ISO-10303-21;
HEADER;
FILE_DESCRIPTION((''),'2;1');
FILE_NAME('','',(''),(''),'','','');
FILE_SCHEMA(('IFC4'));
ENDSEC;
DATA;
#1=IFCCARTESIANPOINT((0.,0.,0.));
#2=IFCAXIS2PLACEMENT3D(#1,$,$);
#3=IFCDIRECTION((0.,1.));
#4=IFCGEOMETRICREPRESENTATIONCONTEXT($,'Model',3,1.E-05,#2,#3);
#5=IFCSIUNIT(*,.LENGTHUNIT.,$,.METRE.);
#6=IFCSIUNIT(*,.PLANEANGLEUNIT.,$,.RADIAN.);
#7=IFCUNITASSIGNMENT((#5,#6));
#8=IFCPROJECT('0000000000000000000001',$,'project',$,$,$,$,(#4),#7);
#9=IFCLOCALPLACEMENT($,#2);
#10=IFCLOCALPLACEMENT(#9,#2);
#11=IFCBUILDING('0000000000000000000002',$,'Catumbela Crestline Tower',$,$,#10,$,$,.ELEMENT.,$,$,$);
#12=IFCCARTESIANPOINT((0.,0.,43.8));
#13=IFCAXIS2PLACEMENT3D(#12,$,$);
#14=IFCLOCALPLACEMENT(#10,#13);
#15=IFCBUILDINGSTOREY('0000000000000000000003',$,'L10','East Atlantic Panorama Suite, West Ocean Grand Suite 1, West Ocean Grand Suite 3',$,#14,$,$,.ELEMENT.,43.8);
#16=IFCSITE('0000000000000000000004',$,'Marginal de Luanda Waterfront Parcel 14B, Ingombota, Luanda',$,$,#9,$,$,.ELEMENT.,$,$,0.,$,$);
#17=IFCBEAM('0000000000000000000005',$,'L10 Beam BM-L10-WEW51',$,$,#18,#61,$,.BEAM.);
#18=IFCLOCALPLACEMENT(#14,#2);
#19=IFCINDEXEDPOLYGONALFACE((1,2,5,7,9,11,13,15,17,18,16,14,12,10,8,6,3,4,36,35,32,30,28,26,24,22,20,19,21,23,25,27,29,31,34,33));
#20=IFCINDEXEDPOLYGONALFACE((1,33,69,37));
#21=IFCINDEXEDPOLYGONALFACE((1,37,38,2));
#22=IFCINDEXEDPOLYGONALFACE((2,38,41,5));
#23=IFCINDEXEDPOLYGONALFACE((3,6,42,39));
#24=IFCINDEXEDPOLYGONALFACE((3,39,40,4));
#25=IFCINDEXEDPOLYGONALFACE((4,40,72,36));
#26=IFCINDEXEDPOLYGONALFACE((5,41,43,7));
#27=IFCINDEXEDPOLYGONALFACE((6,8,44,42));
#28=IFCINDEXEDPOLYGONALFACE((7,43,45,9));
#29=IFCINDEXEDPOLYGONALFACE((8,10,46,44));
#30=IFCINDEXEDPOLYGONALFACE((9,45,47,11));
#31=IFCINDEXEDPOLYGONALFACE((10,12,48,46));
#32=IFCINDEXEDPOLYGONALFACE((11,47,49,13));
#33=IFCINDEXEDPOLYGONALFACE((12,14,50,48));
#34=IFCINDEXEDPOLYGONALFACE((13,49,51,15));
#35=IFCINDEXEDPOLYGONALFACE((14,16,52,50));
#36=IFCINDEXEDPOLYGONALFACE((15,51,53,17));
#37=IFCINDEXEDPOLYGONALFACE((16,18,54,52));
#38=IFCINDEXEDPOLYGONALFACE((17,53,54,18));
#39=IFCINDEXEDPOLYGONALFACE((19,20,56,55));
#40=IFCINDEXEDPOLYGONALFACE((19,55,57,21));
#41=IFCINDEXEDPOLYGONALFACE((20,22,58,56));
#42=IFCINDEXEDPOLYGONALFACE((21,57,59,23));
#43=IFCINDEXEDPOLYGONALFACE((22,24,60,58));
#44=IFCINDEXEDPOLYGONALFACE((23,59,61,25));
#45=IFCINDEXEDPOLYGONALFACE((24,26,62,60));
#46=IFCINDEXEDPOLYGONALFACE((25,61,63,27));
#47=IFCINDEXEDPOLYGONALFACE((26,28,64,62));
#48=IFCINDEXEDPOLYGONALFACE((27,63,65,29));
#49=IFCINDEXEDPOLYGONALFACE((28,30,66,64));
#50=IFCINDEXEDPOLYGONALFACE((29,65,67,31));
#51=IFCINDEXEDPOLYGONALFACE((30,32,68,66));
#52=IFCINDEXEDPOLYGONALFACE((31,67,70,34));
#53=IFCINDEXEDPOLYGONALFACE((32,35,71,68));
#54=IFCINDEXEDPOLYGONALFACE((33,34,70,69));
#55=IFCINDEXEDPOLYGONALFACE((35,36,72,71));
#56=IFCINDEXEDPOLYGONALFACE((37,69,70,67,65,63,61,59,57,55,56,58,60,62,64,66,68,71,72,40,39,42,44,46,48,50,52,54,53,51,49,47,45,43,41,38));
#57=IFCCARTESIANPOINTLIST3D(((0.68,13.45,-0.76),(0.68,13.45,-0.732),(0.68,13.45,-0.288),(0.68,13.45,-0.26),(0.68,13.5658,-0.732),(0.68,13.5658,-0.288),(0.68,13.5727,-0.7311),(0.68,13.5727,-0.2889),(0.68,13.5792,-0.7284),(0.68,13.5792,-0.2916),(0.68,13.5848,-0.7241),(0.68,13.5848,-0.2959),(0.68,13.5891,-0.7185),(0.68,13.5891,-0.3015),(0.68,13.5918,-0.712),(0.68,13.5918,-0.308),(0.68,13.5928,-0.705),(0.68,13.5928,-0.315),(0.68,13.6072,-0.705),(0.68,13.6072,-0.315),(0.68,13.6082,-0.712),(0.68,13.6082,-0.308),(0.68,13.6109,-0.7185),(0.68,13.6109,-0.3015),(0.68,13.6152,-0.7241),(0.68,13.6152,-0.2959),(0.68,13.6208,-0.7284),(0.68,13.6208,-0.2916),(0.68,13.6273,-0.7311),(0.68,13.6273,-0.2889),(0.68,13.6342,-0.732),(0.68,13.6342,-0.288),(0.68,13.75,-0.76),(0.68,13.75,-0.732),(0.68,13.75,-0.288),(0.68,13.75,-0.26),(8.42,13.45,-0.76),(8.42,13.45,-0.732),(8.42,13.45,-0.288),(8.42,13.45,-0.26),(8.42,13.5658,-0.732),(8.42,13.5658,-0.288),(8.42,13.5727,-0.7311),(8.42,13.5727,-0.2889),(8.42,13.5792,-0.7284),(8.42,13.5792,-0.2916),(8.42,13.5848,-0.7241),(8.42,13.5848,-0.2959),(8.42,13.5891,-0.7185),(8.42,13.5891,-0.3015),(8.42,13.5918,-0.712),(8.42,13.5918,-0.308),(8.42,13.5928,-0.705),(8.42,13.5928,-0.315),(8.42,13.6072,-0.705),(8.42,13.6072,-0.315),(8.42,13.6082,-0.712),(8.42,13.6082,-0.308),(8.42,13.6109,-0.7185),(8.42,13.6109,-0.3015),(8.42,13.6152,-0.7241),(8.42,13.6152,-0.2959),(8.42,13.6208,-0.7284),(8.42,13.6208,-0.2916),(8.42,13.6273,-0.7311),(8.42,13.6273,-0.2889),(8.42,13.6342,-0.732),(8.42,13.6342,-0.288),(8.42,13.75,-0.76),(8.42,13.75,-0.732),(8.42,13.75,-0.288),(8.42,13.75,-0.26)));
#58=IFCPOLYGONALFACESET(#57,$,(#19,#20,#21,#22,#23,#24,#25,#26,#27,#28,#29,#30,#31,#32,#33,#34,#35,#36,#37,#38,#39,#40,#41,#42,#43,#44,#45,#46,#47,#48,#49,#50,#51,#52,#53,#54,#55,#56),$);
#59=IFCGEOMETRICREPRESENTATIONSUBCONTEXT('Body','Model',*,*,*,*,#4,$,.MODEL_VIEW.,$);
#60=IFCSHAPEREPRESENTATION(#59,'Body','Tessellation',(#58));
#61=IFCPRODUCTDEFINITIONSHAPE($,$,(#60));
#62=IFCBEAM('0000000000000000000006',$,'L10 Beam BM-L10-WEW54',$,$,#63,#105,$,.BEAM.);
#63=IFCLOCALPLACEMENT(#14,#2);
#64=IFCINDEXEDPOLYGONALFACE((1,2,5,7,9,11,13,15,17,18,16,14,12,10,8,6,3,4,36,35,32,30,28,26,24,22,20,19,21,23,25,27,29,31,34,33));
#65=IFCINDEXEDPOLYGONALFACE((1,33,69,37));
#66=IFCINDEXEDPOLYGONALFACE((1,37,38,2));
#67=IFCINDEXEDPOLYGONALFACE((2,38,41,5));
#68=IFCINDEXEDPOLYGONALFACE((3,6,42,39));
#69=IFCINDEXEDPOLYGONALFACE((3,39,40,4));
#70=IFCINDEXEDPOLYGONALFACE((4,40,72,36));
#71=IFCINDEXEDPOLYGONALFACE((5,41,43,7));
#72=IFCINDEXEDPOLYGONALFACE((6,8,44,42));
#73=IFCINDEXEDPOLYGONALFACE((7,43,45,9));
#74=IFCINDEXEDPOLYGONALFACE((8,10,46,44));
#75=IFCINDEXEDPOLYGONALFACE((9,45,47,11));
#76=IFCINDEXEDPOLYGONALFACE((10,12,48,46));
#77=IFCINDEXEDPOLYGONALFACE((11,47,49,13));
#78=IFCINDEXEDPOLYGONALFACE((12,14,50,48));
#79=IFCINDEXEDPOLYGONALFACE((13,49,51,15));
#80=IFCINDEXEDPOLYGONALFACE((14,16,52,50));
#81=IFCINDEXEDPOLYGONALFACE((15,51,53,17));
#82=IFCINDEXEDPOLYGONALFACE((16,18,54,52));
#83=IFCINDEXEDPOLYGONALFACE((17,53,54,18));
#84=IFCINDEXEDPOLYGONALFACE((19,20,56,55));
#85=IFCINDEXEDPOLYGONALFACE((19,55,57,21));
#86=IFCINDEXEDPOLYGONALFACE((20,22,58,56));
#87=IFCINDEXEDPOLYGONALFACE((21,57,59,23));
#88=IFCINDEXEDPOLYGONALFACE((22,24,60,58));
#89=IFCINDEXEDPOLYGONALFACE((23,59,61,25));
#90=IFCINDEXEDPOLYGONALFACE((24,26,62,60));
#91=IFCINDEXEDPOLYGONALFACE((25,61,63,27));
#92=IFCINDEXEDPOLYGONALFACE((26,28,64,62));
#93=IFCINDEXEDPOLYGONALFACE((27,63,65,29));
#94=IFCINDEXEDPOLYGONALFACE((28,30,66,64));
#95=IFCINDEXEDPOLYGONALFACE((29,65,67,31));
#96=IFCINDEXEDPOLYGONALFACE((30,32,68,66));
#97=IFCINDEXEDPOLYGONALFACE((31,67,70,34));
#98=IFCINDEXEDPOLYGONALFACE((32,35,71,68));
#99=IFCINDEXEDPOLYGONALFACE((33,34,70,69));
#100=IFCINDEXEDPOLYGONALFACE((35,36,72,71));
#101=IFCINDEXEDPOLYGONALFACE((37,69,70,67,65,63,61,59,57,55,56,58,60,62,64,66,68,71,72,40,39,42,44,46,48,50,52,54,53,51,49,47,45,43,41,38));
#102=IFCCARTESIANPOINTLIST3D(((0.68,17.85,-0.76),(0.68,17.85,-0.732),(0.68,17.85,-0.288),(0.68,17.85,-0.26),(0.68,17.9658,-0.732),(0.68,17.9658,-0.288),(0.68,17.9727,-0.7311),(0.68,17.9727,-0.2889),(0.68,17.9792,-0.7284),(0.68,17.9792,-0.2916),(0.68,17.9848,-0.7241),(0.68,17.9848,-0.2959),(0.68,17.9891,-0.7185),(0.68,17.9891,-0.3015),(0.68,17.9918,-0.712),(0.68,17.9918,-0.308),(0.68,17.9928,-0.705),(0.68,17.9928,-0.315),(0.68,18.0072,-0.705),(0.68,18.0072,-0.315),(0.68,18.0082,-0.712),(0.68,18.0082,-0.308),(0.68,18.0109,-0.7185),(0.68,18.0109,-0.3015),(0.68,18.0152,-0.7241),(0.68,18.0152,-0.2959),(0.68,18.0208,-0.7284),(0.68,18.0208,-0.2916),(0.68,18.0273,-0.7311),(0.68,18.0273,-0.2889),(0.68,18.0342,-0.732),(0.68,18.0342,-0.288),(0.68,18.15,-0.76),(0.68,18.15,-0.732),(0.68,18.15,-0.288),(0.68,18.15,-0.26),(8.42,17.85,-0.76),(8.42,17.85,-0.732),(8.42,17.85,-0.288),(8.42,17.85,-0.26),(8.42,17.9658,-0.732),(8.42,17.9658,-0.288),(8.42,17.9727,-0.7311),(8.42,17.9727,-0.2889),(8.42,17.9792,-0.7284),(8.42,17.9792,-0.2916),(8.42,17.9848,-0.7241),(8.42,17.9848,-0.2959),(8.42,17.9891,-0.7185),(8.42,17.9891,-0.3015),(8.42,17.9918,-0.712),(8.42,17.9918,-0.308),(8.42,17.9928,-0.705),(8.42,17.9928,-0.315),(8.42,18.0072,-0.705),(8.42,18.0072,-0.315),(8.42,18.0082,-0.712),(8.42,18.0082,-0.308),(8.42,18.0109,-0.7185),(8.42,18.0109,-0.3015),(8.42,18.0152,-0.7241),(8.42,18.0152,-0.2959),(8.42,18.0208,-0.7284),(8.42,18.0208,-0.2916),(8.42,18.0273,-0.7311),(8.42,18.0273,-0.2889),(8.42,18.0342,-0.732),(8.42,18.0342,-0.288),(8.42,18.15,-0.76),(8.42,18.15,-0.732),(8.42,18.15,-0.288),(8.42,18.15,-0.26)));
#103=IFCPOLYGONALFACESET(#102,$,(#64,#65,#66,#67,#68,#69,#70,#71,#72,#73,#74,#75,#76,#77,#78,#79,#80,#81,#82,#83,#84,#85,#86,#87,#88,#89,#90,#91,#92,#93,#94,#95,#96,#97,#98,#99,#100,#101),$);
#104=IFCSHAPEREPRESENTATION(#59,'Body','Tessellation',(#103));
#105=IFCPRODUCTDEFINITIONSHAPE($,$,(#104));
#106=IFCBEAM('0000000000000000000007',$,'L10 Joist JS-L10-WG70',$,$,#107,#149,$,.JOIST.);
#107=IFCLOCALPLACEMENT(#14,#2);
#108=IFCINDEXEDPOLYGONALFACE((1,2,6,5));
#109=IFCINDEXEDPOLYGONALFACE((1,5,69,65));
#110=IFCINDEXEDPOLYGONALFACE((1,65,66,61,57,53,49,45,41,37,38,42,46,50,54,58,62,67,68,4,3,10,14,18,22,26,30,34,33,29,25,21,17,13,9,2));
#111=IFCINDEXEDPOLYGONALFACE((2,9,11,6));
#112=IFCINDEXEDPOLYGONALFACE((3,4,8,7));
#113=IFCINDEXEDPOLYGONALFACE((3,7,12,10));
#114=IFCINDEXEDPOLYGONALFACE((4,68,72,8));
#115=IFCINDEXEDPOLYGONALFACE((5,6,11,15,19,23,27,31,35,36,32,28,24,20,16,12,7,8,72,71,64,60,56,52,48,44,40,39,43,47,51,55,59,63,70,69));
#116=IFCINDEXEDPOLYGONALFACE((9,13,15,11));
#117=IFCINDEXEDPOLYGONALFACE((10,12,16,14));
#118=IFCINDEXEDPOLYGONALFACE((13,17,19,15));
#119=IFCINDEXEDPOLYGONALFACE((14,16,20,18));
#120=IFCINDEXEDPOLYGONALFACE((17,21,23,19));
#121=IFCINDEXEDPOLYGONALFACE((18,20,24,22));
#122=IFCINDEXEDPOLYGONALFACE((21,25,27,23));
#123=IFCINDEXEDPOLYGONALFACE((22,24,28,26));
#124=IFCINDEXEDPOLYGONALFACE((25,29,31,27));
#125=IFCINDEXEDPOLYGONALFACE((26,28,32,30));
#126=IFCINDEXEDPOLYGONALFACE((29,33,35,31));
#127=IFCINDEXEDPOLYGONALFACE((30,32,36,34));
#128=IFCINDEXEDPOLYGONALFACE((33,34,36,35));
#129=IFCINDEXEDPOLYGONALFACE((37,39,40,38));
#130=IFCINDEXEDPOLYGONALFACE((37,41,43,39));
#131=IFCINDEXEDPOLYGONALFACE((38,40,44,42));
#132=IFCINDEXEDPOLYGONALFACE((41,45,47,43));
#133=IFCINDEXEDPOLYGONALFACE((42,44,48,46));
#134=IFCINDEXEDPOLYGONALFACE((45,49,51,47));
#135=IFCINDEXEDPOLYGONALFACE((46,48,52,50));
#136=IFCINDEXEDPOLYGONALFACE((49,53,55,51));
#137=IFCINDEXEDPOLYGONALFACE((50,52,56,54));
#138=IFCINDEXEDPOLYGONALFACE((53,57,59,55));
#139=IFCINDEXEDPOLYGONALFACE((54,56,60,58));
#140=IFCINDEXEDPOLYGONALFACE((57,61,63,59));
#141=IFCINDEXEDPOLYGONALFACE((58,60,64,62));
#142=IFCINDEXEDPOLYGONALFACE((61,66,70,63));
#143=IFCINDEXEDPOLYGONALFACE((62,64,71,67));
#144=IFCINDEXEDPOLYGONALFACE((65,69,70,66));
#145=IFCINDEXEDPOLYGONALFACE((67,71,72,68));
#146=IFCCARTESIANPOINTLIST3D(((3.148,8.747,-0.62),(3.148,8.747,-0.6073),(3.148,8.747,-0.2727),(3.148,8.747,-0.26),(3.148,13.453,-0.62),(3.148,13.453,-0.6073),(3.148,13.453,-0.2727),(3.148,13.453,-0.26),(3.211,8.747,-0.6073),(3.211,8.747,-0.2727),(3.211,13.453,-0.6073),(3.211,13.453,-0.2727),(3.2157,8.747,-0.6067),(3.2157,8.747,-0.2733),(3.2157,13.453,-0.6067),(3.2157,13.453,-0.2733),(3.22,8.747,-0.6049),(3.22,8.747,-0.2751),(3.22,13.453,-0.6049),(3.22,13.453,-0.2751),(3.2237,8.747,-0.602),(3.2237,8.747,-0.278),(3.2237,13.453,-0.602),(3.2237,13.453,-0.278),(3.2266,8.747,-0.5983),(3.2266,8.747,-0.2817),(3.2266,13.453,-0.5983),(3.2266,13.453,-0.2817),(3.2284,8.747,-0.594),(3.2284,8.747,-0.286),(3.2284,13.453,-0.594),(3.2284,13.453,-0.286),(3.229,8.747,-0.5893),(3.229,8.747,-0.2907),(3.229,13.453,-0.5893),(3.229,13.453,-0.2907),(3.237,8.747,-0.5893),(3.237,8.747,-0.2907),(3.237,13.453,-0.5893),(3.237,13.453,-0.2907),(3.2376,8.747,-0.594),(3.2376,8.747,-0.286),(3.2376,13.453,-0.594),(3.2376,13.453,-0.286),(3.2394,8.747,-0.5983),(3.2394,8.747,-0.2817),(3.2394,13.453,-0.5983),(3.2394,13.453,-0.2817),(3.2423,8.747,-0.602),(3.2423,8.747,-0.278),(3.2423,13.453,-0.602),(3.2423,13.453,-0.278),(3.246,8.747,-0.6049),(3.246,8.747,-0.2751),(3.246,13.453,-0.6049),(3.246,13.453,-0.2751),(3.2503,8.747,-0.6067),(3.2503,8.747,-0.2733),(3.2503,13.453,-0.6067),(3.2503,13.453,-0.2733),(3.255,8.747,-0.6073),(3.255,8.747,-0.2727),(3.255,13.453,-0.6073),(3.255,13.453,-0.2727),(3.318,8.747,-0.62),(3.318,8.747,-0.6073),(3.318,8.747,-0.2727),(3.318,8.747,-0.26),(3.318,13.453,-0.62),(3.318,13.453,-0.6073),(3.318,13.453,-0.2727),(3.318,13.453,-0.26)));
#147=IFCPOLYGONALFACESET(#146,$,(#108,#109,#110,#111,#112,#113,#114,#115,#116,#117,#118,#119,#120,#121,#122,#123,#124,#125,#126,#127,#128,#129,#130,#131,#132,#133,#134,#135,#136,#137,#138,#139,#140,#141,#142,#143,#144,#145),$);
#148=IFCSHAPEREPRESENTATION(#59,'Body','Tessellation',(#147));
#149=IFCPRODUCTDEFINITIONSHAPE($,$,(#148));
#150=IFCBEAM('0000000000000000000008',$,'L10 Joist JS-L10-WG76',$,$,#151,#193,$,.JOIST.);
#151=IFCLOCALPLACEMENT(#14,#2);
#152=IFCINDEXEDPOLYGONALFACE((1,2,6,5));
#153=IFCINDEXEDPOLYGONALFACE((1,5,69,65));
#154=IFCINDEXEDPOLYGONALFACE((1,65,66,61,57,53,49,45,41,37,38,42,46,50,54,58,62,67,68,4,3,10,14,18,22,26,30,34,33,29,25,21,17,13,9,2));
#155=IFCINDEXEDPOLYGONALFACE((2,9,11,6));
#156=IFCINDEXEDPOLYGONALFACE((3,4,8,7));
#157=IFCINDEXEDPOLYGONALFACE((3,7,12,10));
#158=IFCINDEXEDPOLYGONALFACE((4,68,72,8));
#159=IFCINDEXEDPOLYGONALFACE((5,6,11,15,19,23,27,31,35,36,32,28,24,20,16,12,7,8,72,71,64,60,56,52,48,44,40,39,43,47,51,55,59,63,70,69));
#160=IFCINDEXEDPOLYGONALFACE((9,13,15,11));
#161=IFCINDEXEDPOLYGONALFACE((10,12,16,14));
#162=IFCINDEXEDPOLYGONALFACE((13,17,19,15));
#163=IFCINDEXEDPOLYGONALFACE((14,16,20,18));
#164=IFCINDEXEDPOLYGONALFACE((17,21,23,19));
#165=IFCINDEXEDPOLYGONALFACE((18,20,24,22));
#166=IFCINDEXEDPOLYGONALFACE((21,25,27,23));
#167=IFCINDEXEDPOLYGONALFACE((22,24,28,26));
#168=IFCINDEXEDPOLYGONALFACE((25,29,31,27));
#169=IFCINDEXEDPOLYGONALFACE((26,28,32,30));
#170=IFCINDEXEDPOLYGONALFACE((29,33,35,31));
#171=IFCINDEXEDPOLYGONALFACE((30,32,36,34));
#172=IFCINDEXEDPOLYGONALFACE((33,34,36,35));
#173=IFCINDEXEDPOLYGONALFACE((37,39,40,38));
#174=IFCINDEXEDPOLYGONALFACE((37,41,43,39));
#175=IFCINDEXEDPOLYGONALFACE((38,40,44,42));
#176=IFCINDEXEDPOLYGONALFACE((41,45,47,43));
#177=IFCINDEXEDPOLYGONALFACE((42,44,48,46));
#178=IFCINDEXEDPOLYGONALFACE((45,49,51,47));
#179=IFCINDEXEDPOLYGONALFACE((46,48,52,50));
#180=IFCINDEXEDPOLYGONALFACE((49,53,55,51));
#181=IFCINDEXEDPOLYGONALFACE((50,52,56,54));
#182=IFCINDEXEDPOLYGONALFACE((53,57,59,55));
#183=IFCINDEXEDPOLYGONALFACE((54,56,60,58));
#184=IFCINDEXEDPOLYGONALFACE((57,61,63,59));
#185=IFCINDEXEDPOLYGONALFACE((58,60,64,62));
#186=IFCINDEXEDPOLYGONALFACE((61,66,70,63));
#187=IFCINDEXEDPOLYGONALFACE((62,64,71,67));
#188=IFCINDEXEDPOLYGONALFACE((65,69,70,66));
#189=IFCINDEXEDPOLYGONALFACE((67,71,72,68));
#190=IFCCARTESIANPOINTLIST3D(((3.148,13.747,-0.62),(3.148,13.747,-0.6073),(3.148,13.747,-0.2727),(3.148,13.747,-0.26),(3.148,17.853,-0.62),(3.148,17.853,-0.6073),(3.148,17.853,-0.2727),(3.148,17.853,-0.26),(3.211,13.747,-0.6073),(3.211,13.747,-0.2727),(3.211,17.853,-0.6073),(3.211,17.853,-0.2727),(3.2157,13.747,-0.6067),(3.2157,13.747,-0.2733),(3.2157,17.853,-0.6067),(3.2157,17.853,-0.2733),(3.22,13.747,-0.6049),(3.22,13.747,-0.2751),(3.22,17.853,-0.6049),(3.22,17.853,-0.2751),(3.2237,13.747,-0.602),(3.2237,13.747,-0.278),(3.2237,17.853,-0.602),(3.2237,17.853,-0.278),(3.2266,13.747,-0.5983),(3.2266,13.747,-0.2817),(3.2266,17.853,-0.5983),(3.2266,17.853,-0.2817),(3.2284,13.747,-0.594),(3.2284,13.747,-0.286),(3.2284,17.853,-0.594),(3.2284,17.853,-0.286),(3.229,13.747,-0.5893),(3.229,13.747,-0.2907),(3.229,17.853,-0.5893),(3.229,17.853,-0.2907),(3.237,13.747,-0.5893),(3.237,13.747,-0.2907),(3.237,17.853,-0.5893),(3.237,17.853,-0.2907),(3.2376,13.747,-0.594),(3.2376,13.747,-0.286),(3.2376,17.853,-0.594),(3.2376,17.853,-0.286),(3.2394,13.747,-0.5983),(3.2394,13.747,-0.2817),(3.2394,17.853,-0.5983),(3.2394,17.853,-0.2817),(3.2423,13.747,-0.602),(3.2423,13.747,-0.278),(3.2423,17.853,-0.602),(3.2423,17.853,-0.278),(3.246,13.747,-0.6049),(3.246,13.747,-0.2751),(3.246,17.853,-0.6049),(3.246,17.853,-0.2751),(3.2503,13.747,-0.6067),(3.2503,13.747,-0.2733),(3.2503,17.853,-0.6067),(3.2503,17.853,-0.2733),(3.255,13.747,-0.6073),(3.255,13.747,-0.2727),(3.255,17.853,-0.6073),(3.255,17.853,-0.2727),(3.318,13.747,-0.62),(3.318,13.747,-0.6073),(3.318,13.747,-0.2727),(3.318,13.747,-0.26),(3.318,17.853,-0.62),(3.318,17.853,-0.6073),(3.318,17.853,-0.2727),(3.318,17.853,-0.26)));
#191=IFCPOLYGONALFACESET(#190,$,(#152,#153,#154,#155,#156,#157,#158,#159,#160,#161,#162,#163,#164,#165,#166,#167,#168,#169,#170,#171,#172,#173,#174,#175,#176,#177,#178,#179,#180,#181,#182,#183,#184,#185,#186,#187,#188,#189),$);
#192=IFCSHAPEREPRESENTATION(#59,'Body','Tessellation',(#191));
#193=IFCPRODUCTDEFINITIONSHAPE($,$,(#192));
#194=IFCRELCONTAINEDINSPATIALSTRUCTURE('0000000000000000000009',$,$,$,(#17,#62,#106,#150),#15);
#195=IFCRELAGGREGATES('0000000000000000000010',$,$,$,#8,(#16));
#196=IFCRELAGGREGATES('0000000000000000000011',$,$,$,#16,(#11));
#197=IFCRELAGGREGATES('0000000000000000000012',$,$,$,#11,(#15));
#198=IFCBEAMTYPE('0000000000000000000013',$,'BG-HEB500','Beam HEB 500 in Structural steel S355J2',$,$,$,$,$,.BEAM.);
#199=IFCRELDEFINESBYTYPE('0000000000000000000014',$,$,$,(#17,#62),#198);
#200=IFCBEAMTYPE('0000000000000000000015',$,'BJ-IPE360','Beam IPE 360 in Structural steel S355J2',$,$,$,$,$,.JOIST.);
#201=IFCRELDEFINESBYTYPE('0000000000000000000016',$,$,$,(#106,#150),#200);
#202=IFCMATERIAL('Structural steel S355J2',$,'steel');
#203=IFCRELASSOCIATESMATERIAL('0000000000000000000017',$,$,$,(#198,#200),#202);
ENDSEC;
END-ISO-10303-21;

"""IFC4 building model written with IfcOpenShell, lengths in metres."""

from ifc_helpers import new_model, si_unit, direction, frame, origin, origin_2d, place, context, subcontext, project, spatial, i_section, extrude, material, material_profile, profile_set, type_object, element, save


model = new_model("IFC4")

# Units and contexts
model_context = context("Model", 3, precision=1e-05, world=origin(), true_north=direction((0.0, 1.0)))
body_context = subcontext(model_context, "Body", "Model", "MODEL_VIEW")
ifc_project = project(units=[si_unit("LENGTHUNIT", "METRE"), si_unit("PLANEANGLEUNIT", "RADIAN")], contexts=[model_context])

# Site, building, storey
site_placement = place(None, origin())
site = spatial("IfcSite", under=ifc_project, at=site_placement, Name="Marginal de Luanda Waterfront Parcel 14B, Ingombota, Luanda", CompositionType="ELEMENT", RefElevation=0.0)
building_placement = place(site_placement, origin())
building = spatial("IfcBuilding", under=site, at=building_placement, Name="Catumbela Crestline Tower", CompositionType="ELEMENT")
storey_placement = place(building_placement, frame((0.0, 0.0, 43.8)))
storey = spatial("IfcBuildingStorey", under=building, at=storey_placement, Name="L10", Description="East Atlantic Panorama Suite, West Ocean Grand Suite 1, West Ocean Grand Suite 3", CompositionType="ELEMENT", Elevation=43.8)

# Beams
ifc_material_1 = material(Name="Structural steel S355J2", Category="steel")
ifc_material_profile_1 = material_profile(ifc_material_1, i_section(OverallWidth=0.3, OverallDepth=0.5, WebThickness=0.0145, FlangeThickness=0.028, FilletRadius=0.027, at=origin_2d()), Name="HEB 500")
ifc_profile_set_1 = profile_set([ifc_material_profile_1], Name="Structural steel S355J2")
beam_type_1 = type_object("IfcBeamType", Name="BG-HEB500", Description="Beam HEB 500 in Structural steel S355J2", PredefinedType="BEAM", material=ifc_profile_set_1)
for number, where, z_axis, x_axis, name in (
    (1, (0.68, 13.6, -0.51), (1.0, 0.0, 0.0), (0.0, 1.0, 0.0), "L10 Beam BM-L10-WEW51"),
    (2, (0.68, 18.0, -0.51), (1.0, 0.0, 0.0), (0.0, 1.0, 0.0), "L10 Beam BM-L10-WEW54"),
):
    element("IfcBeam", number, at=place(storey_placement, frame(where, z_axis=z_axis, x_axis=x_axis)), inside=storey, type_object=beam_type_1, Name=name, PredefinedType="BEAM", context=body_context, shape_type="SweptSolid", body=[
        extrude(i_section(OverallWidth=0.3, OverallDepth=0.5, WebThickness=0.0145, FlangeThickness=0.028, FilletRadius=0.027, at=origin_2d()), origin(), (0.0, 0.0, 1.0), 7.74),
    ])
ifc_material_profile_2 = material_profile(ifc_material_1, i_section(OverallWidth=0.17, OverallDepth=0.36, WebThickness=0.008, FlangeThickness=0.0127, FilletRadius=0.018, at=origin_2d()), Name="IPE 360")
ifc_profile_set_2 = profile_set([ifc_material_profile_2], Name="Structural steel S355J2")
beam_type_2 = type_object("IfcBeamType", Name="BJ-IPE360", Description="Beam IPE 360 in Structural steel S355J2", PredefinedType="JOIST", material=ifc_profile_set_2)
beam_1_placement = place(storey_placement, frame((3.233, 8.747, -0.44), z_axis=(0.0, 1.0, 0.0), x_axis=(-1.0, 0.0, 0.0)))
element("IfcBeam", 3, at=beam_1_placement, inside=storey, type_object=beam_type_2, Name="L10 Joist JS-L10-WG70", PredefinedType="JOIST", context=body_context, shape_type="SweptSolid", body=[
    extrude(i_section(OverallWidth=0.17, OverallDepth=0.36, WebThickness=0.008, FlangeThickness=0.0127, FilletRadius=0.018, at=origin_2d()), origin(), (0.0, 0.0, 1.0), 4.706),
])
beam_2_placement = place(storey_placement, frame((3.233, 13.747, -0.44), z_axis=(0.0, 1.0, 0.0), x_axis=(-1.0, 0.0, 0.0)))
element("IfcBeam", 4, at=beam_2_placement, inside=storey, type_object=beam_type_2, Name="L10 Joist JS-L10-WG76", PredefinedType="JOIST", context=body_context, shape_type="SweptSolid", body=[
    extrude(i_section(OverallWidth=0.17, OverallDepth=0.36, WebThickness=0.008, FlangeThickness=0.0127, FilletRadius=0.018, at=origin_2d()), origin(), (0.0, 0.0, 1.0), 4.106),
])

save(model, "model.ifc")
